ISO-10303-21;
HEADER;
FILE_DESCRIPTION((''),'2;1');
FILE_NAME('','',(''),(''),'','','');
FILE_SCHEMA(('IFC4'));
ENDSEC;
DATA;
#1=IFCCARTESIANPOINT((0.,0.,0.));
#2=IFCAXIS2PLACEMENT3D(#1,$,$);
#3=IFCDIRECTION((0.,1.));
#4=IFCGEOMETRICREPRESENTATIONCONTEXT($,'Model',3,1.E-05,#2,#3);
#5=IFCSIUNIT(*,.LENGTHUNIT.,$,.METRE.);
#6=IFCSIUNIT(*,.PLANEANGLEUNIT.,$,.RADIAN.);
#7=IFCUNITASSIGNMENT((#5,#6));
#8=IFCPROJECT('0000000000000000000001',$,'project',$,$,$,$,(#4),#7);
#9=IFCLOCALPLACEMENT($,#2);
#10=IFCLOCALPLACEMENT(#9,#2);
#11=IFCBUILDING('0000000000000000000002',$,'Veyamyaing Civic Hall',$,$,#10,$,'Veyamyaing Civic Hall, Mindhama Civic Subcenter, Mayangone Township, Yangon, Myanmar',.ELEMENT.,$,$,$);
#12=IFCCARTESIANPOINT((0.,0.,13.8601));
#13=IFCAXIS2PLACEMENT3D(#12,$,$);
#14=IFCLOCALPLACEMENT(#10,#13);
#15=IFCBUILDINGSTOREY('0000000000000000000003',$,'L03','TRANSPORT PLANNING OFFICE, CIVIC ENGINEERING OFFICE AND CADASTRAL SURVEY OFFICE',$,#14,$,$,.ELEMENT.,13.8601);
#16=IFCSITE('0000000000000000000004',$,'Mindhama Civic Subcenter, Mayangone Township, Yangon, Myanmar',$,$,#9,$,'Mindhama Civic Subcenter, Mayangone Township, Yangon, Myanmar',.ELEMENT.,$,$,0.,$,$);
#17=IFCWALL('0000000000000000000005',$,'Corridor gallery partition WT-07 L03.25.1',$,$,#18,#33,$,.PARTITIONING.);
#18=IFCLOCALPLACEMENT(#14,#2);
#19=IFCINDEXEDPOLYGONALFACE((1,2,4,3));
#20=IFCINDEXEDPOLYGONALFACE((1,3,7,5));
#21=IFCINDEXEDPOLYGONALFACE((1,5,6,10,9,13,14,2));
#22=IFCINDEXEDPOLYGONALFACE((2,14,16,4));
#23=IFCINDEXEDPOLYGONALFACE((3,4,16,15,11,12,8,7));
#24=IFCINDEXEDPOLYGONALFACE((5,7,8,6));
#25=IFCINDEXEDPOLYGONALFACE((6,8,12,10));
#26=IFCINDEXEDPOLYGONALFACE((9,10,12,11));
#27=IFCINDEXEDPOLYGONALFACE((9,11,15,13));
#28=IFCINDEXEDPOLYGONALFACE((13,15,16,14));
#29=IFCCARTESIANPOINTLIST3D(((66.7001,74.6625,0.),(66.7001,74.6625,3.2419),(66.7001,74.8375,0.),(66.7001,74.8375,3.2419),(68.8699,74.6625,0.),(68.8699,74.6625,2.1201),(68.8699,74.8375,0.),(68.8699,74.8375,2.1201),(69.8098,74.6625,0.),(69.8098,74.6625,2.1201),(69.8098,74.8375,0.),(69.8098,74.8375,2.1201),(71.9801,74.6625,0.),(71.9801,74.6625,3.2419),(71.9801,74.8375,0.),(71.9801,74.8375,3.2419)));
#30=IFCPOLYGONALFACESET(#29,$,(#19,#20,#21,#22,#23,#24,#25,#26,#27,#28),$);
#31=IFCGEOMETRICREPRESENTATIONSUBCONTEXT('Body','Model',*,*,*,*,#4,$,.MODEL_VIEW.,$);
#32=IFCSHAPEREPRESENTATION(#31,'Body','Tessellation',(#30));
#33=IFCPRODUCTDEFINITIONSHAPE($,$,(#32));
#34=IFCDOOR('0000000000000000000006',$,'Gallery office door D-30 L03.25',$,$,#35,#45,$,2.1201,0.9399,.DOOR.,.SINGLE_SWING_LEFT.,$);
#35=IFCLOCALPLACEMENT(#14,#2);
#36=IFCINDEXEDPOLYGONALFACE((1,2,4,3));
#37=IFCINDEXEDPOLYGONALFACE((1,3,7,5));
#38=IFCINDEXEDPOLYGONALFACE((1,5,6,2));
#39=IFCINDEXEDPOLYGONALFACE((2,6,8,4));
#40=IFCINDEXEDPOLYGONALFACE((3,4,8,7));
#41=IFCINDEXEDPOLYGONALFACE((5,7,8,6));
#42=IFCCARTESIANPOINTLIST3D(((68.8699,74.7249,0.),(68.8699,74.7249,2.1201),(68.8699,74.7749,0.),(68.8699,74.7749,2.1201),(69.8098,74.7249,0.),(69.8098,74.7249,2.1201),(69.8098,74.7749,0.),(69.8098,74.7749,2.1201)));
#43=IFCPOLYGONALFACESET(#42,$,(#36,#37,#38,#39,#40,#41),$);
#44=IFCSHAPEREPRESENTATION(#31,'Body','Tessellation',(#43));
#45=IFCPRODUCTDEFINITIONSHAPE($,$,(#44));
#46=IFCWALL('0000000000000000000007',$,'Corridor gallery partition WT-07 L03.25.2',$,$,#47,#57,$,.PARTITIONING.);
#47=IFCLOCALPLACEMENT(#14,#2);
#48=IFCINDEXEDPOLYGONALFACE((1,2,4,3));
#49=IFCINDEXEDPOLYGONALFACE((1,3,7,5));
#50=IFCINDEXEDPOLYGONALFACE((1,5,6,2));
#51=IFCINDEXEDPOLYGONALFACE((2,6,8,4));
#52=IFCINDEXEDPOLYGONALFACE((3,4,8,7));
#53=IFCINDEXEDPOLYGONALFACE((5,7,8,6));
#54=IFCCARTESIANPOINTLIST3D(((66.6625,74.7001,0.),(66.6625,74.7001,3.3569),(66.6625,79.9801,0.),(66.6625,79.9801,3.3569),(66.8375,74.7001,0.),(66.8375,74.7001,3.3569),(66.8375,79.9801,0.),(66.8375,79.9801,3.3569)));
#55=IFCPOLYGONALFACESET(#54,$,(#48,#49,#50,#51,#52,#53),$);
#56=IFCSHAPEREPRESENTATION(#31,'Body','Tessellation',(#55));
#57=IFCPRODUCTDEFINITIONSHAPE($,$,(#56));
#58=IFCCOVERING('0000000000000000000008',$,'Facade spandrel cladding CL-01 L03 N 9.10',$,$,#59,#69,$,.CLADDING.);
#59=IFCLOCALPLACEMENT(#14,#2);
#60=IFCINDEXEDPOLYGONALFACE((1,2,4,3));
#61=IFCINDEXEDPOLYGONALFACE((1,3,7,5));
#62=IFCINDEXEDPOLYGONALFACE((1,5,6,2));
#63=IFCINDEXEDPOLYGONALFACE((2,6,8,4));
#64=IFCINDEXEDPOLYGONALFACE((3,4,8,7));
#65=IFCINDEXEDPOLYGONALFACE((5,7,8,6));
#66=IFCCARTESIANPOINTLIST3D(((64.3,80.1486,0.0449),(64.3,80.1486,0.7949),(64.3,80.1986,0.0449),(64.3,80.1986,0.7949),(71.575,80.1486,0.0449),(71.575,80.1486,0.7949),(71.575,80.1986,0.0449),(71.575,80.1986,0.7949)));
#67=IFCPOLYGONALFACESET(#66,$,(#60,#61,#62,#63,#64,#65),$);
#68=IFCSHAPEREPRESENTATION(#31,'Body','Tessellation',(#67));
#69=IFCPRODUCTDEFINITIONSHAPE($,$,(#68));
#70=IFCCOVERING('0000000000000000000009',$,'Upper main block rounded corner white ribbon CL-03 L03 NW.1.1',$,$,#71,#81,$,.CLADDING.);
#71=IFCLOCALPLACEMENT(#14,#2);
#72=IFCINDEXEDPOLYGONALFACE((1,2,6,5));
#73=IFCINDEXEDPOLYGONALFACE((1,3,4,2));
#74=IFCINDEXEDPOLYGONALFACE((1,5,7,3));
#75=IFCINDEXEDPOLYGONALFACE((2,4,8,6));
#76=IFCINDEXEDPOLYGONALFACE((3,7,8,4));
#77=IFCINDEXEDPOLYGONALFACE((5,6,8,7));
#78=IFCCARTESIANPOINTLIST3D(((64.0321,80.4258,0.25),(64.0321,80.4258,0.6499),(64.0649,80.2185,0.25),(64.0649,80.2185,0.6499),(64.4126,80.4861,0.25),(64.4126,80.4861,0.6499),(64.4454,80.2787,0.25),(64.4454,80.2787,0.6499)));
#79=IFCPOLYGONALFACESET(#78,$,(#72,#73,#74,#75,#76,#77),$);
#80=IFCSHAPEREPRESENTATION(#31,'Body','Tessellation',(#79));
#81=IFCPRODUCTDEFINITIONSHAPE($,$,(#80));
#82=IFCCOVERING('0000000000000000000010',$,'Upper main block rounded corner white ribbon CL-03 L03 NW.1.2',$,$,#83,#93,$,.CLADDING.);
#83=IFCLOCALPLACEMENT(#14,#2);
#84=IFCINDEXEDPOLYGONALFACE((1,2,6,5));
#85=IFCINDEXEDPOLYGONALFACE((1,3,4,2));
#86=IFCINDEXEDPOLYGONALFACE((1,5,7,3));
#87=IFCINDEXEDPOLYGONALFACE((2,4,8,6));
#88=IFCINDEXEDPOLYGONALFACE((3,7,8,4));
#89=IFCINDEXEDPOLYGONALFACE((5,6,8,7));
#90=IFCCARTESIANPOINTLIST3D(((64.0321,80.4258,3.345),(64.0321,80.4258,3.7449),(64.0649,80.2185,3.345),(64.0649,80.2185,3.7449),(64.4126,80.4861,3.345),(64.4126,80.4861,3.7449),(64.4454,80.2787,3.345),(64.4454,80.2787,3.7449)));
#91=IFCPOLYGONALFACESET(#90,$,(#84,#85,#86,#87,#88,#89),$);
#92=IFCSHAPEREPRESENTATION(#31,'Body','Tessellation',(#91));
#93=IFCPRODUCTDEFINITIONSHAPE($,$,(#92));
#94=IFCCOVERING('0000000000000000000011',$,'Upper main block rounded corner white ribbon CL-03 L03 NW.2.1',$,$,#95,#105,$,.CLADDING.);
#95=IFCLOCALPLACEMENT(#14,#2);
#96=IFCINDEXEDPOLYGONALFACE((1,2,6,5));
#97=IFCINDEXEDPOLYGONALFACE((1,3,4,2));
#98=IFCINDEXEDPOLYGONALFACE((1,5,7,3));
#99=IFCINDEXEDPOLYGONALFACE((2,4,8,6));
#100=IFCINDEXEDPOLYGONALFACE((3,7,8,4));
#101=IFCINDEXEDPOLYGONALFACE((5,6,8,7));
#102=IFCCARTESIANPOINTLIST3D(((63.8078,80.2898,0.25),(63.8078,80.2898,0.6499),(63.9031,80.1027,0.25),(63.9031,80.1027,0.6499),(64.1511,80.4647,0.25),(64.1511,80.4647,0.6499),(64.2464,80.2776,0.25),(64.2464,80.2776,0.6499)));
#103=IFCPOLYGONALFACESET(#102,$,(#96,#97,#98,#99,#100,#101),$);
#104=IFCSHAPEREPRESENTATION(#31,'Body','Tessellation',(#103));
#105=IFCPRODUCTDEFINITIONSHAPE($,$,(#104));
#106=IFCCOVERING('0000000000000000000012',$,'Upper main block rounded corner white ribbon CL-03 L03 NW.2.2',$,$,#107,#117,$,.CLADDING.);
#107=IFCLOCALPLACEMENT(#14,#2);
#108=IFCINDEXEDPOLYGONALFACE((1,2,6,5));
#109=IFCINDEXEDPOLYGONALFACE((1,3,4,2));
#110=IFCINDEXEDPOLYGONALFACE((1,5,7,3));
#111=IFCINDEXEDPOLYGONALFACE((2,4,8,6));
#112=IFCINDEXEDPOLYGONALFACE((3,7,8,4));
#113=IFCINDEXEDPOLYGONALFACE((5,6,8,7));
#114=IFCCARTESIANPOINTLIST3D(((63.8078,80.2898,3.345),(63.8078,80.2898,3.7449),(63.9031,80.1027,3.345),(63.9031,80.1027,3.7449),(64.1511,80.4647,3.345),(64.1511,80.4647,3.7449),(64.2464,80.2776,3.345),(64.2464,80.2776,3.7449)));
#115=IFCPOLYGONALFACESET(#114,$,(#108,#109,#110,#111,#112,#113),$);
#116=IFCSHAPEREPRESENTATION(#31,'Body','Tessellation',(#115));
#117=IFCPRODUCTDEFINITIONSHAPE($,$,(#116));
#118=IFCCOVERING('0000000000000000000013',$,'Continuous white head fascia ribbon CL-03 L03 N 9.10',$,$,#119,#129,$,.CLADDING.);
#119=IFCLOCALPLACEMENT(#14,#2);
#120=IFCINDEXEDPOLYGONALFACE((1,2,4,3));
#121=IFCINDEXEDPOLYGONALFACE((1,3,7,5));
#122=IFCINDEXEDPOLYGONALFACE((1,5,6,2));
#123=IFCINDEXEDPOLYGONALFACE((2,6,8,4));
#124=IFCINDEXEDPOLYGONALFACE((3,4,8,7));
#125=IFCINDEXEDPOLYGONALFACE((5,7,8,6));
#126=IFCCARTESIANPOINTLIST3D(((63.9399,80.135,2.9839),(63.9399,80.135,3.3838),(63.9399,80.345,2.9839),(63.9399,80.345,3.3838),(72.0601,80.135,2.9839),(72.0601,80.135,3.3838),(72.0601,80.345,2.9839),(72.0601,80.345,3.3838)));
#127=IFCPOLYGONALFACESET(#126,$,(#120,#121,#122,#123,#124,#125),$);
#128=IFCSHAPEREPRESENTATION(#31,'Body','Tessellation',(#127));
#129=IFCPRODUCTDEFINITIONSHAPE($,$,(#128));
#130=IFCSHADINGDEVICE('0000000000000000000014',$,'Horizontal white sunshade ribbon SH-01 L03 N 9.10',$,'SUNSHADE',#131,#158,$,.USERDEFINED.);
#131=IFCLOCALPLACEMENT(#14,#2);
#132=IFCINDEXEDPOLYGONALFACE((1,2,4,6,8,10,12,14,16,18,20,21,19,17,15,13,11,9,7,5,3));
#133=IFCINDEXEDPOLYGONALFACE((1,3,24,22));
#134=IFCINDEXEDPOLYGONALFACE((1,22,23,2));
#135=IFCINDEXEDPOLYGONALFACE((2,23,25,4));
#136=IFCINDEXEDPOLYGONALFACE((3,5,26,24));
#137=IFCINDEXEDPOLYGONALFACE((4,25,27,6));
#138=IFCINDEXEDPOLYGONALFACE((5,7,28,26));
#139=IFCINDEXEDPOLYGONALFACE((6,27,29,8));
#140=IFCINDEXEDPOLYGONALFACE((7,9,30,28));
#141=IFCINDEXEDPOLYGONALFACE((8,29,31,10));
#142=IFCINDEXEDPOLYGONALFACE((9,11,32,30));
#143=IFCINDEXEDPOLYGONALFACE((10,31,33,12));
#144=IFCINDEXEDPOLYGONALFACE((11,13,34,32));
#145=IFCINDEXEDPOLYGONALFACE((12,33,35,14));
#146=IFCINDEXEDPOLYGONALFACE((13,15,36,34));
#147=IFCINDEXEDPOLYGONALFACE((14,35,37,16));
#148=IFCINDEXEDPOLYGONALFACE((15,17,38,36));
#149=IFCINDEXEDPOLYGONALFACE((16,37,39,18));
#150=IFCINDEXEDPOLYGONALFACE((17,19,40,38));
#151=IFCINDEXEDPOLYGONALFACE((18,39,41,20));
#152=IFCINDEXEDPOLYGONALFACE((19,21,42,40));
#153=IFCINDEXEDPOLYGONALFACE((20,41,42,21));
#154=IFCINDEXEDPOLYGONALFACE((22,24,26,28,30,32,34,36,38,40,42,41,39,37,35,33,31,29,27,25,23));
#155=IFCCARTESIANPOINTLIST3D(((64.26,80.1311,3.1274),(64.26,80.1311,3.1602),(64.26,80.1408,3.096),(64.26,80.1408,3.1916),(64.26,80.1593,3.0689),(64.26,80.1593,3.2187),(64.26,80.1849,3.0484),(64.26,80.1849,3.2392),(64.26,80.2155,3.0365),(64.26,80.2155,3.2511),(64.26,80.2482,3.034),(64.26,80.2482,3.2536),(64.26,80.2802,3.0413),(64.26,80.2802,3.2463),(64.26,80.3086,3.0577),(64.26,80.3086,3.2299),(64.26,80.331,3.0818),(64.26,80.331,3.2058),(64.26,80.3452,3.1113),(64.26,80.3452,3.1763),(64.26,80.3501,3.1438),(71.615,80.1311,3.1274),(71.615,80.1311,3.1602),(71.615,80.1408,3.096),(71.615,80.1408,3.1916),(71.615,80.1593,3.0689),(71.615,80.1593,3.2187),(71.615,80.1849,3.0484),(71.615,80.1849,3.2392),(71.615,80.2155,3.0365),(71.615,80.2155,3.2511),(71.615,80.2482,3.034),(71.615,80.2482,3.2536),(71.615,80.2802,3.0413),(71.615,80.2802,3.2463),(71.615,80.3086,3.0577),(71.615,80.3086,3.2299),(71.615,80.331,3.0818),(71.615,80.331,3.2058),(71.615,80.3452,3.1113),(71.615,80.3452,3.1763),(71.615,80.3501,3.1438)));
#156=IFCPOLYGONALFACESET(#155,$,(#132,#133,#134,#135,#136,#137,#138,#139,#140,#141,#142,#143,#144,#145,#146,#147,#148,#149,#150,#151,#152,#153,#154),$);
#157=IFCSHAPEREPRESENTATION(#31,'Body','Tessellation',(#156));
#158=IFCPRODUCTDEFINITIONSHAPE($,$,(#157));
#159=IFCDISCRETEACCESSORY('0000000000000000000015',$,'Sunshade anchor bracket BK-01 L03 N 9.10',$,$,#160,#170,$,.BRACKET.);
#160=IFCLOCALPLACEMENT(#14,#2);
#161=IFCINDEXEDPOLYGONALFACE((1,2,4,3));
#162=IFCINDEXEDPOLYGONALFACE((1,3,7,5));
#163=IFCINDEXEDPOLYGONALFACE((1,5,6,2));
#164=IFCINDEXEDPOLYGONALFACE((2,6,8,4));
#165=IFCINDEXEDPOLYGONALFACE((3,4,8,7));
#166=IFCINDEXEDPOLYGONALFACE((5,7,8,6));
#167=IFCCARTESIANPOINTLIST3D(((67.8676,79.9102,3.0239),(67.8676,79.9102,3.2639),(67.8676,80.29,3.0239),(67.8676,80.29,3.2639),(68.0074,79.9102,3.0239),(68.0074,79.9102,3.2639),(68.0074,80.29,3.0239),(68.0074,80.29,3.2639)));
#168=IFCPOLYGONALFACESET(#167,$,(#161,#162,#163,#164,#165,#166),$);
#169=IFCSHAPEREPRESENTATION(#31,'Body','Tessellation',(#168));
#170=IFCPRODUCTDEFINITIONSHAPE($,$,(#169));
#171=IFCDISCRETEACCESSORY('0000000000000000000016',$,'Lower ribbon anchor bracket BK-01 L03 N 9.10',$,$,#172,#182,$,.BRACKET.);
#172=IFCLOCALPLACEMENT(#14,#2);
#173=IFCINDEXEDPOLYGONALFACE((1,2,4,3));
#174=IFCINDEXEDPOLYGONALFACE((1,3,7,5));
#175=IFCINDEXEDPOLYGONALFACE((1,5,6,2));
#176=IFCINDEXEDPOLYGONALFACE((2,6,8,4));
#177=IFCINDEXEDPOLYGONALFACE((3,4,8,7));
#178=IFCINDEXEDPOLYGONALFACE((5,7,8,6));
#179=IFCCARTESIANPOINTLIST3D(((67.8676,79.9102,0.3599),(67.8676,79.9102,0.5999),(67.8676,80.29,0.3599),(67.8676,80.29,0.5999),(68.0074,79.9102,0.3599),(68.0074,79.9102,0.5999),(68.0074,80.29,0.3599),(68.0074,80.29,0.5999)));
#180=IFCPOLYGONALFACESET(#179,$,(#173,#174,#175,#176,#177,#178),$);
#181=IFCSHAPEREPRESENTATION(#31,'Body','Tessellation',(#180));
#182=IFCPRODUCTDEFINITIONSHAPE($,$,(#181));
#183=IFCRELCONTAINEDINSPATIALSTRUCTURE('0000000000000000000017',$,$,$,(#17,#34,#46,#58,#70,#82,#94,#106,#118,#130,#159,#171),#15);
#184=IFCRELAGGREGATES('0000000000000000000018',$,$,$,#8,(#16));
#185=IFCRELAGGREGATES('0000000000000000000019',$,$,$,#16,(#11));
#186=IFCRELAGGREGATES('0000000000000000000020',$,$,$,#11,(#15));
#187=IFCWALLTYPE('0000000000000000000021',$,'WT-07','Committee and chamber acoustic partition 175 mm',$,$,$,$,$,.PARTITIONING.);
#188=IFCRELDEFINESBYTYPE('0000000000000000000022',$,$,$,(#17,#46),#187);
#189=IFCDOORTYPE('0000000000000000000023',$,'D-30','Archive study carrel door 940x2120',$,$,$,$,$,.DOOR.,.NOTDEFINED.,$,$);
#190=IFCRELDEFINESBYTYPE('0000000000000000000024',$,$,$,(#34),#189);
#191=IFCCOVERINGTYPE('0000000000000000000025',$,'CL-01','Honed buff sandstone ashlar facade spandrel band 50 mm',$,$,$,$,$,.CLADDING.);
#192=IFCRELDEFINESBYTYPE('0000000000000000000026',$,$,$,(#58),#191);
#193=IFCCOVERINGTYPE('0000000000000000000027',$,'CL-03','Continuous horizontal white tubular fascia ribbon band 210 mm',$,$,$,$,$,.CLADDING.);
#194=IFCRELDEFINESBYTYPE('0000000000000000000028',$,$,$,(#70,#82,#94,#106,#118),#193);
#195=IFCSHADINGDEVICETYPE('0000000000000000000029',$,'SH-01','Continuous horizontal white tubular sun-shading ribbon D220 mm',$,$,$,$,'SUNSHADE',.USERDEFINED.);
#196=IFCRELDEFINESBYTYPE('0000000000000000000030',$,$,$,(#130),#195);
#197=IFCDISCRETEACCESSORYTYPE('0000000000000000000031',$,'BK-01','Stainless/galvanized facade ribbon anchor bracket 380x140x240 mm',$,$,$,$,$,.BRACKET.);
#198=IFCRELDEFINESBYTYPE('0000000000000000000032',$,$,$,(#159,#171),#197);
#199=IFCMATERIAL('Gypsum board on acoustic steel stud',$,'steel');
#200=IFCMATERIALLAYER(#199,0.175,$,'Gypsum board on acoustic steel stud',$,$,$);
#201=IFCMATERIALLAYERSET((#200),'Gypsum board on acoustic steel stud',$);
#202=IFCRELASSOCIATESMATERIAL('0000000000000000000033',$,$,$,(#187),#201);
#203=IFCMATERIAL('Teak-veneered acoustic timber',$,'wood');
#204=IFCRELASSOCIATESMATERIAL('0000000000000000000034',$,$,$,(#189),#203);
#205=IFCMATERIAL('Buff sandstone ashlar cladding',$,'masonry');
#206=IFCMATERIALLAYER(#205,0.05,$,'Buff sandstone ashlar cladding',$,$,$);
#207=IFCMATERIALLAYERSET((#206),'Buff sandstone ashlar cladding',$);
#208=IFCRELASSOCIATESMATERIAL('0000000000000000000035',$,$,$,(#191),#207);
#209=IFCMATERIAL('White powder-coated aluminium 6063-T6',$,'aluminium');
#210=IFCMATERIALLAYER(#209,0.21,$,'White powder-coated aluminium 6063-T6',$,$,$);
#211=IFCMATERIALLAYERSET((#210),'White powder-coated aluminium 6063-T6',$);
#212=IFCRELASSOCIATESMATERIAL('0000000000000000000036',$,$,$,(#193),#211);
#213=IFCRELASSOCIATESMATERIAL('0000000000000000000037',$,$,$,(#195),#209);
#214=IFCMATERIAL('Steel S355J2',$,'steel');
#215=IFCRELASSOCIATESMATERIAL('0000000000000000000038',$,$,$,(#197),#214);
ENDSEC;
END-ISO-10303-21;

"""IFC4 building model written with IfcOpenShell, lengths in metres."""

from ifc_helpers import new_model, si_unit, direction, frame, frame_2d, origin, origin_2d, place, context, subcontext, project, spatial, rectangle, circle, extrude, material, layer, layer_set, material_profile, profile_set, type_object, element, fill, save


model = new_model("IFC4")

# Units and contexts
model_context = context("Model", 3, precision=1e-05, world=origin(), true_north=direction((0.0, 1.0)))
body_context = subcontext(model_context, "Body", "Model", "MODEL_VIEW")
ifc_project = project(units=[si_unit("LENGTHUNIT", "METRE"), si_unit("PLANEANGLEUNIT", "RADIAN")], contexts=[model_context])

# Site, building, storey
site_placement = place(None, origin())
site = spatial("IfcSite", under=ifc_project, at=site_placement, Name="Mindhama Civic Subcenter, Mayangone Township, Yangon, Myanmar", LongName="Mindhama Civic Subcenter, Mayangone Township, Yangon, Myanmar", CompositionType="ELEMENT", RefElevation=0.0)
building_placement = place(site_placement, origin())
building = spatial("IfcBuilding", under=site, at=building_placement, Name="Veyamyaing Civic Hall", LongName="Veyamyaing Civic Hall, Mindhama Civic Subcenter, Mayangone Township, Yangon, Myanmar", CompositionType="ELEMENT")
storey_placement = place(building_placement, frame((0.0, 0.0, 13.8601)))
storey = spatial("IfcBuildingStorey", under=building, at=storey_placement, Name="L03", Description="TRANSPORT PLANNING OFFICE, CIVIC ENGINEERING OFFICE AND CADASTRAL SURVEY OFFICE", CompositionType="ELEMENT", Elevation=13.8601)

# Wall, opening, door
ifc_material_1 = material(Name="Gypsum board on acoustic steel stud", Category="steel")
ifc_layer_1 = layer(ifc_material_1, 0.175, Name="Gypsum board on acoustic steel stud")
ifc_layer_set_1 = layer_set([ifc_layer_1], Name="Gypsum board on acoustic steel stud")
wall_type_1 = type_object("IfcWallType", Name="WT-07", Description="Committee and chamber acoustic partition 175 mm", PredefinedType="PARTITIONING", material=ifc_layer_set_1)
wall_1_placement = place(storey_placement, frame((66.7, 74.75, 0.0), z_axis=(0.0, 0.0, 1.0), x_axis=(1.0, 0.0, 0.0)))
wall_1 = element("IfcWall", 1, at=wall_1_placement, inside=storey, type_object=wall_type_1, Name="Corridor gallery partition WT-07 L03.25.1", PredefinedType="PARTITIONING", context=body_context, shape_type="SweptSolid", body=[
    extrude(rectangle(XDim=5.28, YDim=0.175, at=frame_2d((2.6401, 0.0))), origin(), (0.0, 0.0, 1.0), 3.2419),
])
opening_1_placement = place(wall_1_placement, frame((2.1699, 0.0, 0.0)))
opening_1 = element("IfcOpeningElement", 2, at=opening_1_placement, cuts=wall_1, PredefinedType="OPENING", context=body_context, shape_type="SweptSolid", body=[
    extrude(rectangle(XDim=0.9399, YDim=2.1201, at=frame_2d((0.47, 1.0601))), frame((0.0, 0.0974, 0.0), z_axis=(0.0, -1.0, 0.0), x_axis=(1.0, 0.0, 0.0)), (0.0, 0.0, 1.0), 0.1951),
])
ifc_material_2 = material(Name="Teak-veneered acoustic timber", Category="wood")
door_type = type_object("IfcDoorType", Name="D-30", Description="Archive study carrel door 940x2120", OperationType="NOTDEFINED", PredefinedType="DOOR", material=ifc_material_2)
door_placement = place(opening_1_placement, origin())
door = element("IfcDoor", 3, at=door_placement, inside=storey, type_object=door_type, Name="Gallery office door D-30 L03.25", OperationType="SINGLE_SWING_LEFT", OverallHeight=2.1201, OverallWidth=0.9399, PredefinedType="DOOR", context=body_context, shape_type="SweptSolid", body=[
    extrude(rectangle(XDim=0.9399, YDim=2.1201, at=frame_2d((0.47, 1.0601))), frame((0.0, 0.0249, 0.0), z_axis=(0.0, -1.0, 0.0), x_axis=(1.0, 0.0, 0.0)), (0.0, 0.0, 1.0), 0.05),
])
fill(opening_1, door)

# Wall
wall_2_placement = place(storey_placement, frame((66.75, 74.7, 0.0), z_axis=(0.0, 0.0, 1.0), x_axis=(0.0, 1.0, 0.0)))
element("IfcWall", 4, at=wall_2_placement, inside=storey, type_object=wall_type_1, Name="Corridor gallery partition WT-07 L03.25.2", PredefinedType="PARTITIONING", context=body_context, shape_type="SweptSolid", body=[
    extrude(rectangle(XDim=5.28, YDim=0.175, at=frame_2d((2.6401, 0.0))), origin(), (0.0, 0.0, 1.0), 3.3569),
])

# Coverings
ifc_material_3 = material(Name="Buff sandstone ashlar cladding", Category="masonry")
ifc_layer_2 = layer(ifc_material_3, 0.05, Name="Buff sandstone ashlar cladding")
ifc_layer_set_2 = layer_set([ifc_layer_2], Name="Buff sandstone ashlar cladding")
covering_type_1 = type_object("IfcCoveringType", Name="CL-01", Description="Honed buff sandstone ashlar facade spandrel band 50 mm", PredefinedType="CLADDING", material=ifc_layer_set_2)
covering_1_placement = place(storey_placement, frame((67.9375, 80.1736, 0.0449), z_axis=(0.0, 0.0, 1.0), x_axis=(1.0, 0.0, 0.0)))
element("IfcCovering", 5, at=covering_1_placement, inside=storey, type_object=covering_type_1, Name="Facade spandrel cladding CL-01 L03 N 9.10", PredefinedType="CLADDING", context=body_context, shape_type="SweptSolid", body=[
    extrude(rectangle(XDim=7.2749, YDim=0.05, at=origin_2d()), origin(), (0.0, 0.0, 1.0), 0.75),
])
ifc_material_4 = material(Name="White powder-coated aluminium 6063-T6", Category="aluminium")
ifc_layer_3 = layer(ifc_material_4, 0.21, Name="White powder-coated aluminium 6063-T6")
ifc_layer_set_3 = layer_set([ifc_layer_3], Name="White powder-coated aluminium 6063-T6")
covering_type_2 = type_object("IfcCoveringType", Name="CL-03", Description="Continuous horizontal white tubular fascia ribbon band 210 mm", PredefinedType="CLADDING", material=ifc_layer_set_3)
for number, where, z_axis, x_axis, name in (
    (6, (64.2388, 80.3523, 0.25), (0.0, 0.0, 1.0), (-0.987688, -0.156434, 0.0), "Upper main block rounded corner white ribbon CL-03 L03 NW.1.1"),
    (7, (64.2388, 80.3523, 3.345), (0.0, 0.0, 1.0), (-0.987688, -0.156434, 0.0), "Upper main block rounded corner white ribbon CL-03 L03 NW.1.2"),
    (8, (64.0271, 80.2837, 0.25), (0.0, 0.0, 1.0), (-0.891007, -0.45399, 0.0), "Upper main block rounded corner white ribbon CL-03 L03 NW.2.1"),
    (9, (64.0271, 80.2837, 3.345), (0.0, 0.0, 1.0), (-0.891007, -0.45399, 0.0), "Upper main block rounded corner white ribbon CL-03 L03 NW.2.2"),
):
    element("IfcCovering", number, at=place(storey_placement, frame(where, z_axis=z_axis, x_axis=x_axis)), inside=storey, type_object=covering_type_2, Name=name, PredefinedType="CLADDING", context=body_context, shape_type="SweptSolid", body=[
        extrude(rectangle(XDim=0.3853, YDim=0.21, at=origin_2d()), origin(), (0.0, 0.0, 1.0), 0.3999),
    ])
covering_2_placement = place(storey_placement, frame((68.0, 80.24, 2.9839), z_axis=(0.0, 0.0, 1.0), x_axis=(1.0, 0.0, 0.0)))
element("IfcCovering", 10, at=covering_2_placement, inside=storey, type_object=covering_type_2, Name="Continuous white head fascia ribbon CL-03 L03 N 9.10", PredefinedType="CLADDING", context=body_context, shape_type="SweptSolid", body=[
    extrude(rectangle(XDim=8.1201, YDim=0.21, at=origin_2d()), origin(), (0.0, 0.0, 1.0), 0.3999),
])

# Shading device
ifc_material_profile_1 = material_profile(ifc_material_4, circle(Radius=0.1101, at=origin_2d()), Name="SHADE-TUBE-220")
ifc_profile_set_1 = profile_set([ifc_material_profile_1], Name="White powder-coated aluminium 6063-T6")
shading_device_type = type_object("IfcShadingDeviceType", Name="SH-01", Description="Continuous horizontal white tubular sun-shading ribbon D220 mm", ElementType="SUNSHADE", PredefinedType="USERDEFINED", material=ifc_profile_set_1)
shading_device_placement = place(storey_placement, frame((64.26, 80.24, 3.1438), z_axis=(1.0, 0.0, 0.0), x_axis=(0.0, 1.0, 0.0)))
element("IfcShadingDevice", 11, at=shading_device_placement, inside=storey, type_object=shading_device_type, Name="Horizontal white sunshade ribbon SH-01 L03 N 9.10", ObjectType="SUNSHADE", PredefinedType="USERDEFINED", context=body_context, shape_type="SweptSolid", body=[
    extrude(circle(Radius=0.1101, at=origin_2d()), origin(), (0.0, 0.0, 1.0), 7.355),
])

# Discrete accessories
ifc_material_5 = material(Name="Steel S355J2", Category="steel")
discrete_accessory_type = type_object("IfcDiscreteAccessoryType", Name="BK-01", Description="Stainless/galvanized facade ribbon anchor bracket 380x140x240 mm", PredefinedType="BRACKET", material=ifc_material_5)
for number, where, z_axis, x_axis, name in (
    (12, (67.9375, 80.1001, 3.0239), (0.0, 0.0, 1.0), (0.0, 1.0, 0.0), "Sunshade anchor bracket BK-01 L03 N 9.10"),
    (13, (67.9375, 80.1001, 0.3599), (0.0, 0.0, 1.0), (0.0, 1.0, 0.0), "Lower ribbon anchor bracket BK-01 L03 N 9.10"),
):
    element("IfcDiscreteAccessory", number, at=place(storey_placement, frame(where, z_axis=z_axis, x_axis=x_axis)), inside=storey, type_object=discrete_accessory_type, Name=name, PredefinedType="BRACKET", context=body_context, shape_type="SweptSolid", body=[
        extrude(rectangle(XDim=0.3799, YDim=0.1399, at=origin_2d()), origin(), (0.0, 0.0, 1.0), 0.24),
    ])

save(model, "model.ifc")
